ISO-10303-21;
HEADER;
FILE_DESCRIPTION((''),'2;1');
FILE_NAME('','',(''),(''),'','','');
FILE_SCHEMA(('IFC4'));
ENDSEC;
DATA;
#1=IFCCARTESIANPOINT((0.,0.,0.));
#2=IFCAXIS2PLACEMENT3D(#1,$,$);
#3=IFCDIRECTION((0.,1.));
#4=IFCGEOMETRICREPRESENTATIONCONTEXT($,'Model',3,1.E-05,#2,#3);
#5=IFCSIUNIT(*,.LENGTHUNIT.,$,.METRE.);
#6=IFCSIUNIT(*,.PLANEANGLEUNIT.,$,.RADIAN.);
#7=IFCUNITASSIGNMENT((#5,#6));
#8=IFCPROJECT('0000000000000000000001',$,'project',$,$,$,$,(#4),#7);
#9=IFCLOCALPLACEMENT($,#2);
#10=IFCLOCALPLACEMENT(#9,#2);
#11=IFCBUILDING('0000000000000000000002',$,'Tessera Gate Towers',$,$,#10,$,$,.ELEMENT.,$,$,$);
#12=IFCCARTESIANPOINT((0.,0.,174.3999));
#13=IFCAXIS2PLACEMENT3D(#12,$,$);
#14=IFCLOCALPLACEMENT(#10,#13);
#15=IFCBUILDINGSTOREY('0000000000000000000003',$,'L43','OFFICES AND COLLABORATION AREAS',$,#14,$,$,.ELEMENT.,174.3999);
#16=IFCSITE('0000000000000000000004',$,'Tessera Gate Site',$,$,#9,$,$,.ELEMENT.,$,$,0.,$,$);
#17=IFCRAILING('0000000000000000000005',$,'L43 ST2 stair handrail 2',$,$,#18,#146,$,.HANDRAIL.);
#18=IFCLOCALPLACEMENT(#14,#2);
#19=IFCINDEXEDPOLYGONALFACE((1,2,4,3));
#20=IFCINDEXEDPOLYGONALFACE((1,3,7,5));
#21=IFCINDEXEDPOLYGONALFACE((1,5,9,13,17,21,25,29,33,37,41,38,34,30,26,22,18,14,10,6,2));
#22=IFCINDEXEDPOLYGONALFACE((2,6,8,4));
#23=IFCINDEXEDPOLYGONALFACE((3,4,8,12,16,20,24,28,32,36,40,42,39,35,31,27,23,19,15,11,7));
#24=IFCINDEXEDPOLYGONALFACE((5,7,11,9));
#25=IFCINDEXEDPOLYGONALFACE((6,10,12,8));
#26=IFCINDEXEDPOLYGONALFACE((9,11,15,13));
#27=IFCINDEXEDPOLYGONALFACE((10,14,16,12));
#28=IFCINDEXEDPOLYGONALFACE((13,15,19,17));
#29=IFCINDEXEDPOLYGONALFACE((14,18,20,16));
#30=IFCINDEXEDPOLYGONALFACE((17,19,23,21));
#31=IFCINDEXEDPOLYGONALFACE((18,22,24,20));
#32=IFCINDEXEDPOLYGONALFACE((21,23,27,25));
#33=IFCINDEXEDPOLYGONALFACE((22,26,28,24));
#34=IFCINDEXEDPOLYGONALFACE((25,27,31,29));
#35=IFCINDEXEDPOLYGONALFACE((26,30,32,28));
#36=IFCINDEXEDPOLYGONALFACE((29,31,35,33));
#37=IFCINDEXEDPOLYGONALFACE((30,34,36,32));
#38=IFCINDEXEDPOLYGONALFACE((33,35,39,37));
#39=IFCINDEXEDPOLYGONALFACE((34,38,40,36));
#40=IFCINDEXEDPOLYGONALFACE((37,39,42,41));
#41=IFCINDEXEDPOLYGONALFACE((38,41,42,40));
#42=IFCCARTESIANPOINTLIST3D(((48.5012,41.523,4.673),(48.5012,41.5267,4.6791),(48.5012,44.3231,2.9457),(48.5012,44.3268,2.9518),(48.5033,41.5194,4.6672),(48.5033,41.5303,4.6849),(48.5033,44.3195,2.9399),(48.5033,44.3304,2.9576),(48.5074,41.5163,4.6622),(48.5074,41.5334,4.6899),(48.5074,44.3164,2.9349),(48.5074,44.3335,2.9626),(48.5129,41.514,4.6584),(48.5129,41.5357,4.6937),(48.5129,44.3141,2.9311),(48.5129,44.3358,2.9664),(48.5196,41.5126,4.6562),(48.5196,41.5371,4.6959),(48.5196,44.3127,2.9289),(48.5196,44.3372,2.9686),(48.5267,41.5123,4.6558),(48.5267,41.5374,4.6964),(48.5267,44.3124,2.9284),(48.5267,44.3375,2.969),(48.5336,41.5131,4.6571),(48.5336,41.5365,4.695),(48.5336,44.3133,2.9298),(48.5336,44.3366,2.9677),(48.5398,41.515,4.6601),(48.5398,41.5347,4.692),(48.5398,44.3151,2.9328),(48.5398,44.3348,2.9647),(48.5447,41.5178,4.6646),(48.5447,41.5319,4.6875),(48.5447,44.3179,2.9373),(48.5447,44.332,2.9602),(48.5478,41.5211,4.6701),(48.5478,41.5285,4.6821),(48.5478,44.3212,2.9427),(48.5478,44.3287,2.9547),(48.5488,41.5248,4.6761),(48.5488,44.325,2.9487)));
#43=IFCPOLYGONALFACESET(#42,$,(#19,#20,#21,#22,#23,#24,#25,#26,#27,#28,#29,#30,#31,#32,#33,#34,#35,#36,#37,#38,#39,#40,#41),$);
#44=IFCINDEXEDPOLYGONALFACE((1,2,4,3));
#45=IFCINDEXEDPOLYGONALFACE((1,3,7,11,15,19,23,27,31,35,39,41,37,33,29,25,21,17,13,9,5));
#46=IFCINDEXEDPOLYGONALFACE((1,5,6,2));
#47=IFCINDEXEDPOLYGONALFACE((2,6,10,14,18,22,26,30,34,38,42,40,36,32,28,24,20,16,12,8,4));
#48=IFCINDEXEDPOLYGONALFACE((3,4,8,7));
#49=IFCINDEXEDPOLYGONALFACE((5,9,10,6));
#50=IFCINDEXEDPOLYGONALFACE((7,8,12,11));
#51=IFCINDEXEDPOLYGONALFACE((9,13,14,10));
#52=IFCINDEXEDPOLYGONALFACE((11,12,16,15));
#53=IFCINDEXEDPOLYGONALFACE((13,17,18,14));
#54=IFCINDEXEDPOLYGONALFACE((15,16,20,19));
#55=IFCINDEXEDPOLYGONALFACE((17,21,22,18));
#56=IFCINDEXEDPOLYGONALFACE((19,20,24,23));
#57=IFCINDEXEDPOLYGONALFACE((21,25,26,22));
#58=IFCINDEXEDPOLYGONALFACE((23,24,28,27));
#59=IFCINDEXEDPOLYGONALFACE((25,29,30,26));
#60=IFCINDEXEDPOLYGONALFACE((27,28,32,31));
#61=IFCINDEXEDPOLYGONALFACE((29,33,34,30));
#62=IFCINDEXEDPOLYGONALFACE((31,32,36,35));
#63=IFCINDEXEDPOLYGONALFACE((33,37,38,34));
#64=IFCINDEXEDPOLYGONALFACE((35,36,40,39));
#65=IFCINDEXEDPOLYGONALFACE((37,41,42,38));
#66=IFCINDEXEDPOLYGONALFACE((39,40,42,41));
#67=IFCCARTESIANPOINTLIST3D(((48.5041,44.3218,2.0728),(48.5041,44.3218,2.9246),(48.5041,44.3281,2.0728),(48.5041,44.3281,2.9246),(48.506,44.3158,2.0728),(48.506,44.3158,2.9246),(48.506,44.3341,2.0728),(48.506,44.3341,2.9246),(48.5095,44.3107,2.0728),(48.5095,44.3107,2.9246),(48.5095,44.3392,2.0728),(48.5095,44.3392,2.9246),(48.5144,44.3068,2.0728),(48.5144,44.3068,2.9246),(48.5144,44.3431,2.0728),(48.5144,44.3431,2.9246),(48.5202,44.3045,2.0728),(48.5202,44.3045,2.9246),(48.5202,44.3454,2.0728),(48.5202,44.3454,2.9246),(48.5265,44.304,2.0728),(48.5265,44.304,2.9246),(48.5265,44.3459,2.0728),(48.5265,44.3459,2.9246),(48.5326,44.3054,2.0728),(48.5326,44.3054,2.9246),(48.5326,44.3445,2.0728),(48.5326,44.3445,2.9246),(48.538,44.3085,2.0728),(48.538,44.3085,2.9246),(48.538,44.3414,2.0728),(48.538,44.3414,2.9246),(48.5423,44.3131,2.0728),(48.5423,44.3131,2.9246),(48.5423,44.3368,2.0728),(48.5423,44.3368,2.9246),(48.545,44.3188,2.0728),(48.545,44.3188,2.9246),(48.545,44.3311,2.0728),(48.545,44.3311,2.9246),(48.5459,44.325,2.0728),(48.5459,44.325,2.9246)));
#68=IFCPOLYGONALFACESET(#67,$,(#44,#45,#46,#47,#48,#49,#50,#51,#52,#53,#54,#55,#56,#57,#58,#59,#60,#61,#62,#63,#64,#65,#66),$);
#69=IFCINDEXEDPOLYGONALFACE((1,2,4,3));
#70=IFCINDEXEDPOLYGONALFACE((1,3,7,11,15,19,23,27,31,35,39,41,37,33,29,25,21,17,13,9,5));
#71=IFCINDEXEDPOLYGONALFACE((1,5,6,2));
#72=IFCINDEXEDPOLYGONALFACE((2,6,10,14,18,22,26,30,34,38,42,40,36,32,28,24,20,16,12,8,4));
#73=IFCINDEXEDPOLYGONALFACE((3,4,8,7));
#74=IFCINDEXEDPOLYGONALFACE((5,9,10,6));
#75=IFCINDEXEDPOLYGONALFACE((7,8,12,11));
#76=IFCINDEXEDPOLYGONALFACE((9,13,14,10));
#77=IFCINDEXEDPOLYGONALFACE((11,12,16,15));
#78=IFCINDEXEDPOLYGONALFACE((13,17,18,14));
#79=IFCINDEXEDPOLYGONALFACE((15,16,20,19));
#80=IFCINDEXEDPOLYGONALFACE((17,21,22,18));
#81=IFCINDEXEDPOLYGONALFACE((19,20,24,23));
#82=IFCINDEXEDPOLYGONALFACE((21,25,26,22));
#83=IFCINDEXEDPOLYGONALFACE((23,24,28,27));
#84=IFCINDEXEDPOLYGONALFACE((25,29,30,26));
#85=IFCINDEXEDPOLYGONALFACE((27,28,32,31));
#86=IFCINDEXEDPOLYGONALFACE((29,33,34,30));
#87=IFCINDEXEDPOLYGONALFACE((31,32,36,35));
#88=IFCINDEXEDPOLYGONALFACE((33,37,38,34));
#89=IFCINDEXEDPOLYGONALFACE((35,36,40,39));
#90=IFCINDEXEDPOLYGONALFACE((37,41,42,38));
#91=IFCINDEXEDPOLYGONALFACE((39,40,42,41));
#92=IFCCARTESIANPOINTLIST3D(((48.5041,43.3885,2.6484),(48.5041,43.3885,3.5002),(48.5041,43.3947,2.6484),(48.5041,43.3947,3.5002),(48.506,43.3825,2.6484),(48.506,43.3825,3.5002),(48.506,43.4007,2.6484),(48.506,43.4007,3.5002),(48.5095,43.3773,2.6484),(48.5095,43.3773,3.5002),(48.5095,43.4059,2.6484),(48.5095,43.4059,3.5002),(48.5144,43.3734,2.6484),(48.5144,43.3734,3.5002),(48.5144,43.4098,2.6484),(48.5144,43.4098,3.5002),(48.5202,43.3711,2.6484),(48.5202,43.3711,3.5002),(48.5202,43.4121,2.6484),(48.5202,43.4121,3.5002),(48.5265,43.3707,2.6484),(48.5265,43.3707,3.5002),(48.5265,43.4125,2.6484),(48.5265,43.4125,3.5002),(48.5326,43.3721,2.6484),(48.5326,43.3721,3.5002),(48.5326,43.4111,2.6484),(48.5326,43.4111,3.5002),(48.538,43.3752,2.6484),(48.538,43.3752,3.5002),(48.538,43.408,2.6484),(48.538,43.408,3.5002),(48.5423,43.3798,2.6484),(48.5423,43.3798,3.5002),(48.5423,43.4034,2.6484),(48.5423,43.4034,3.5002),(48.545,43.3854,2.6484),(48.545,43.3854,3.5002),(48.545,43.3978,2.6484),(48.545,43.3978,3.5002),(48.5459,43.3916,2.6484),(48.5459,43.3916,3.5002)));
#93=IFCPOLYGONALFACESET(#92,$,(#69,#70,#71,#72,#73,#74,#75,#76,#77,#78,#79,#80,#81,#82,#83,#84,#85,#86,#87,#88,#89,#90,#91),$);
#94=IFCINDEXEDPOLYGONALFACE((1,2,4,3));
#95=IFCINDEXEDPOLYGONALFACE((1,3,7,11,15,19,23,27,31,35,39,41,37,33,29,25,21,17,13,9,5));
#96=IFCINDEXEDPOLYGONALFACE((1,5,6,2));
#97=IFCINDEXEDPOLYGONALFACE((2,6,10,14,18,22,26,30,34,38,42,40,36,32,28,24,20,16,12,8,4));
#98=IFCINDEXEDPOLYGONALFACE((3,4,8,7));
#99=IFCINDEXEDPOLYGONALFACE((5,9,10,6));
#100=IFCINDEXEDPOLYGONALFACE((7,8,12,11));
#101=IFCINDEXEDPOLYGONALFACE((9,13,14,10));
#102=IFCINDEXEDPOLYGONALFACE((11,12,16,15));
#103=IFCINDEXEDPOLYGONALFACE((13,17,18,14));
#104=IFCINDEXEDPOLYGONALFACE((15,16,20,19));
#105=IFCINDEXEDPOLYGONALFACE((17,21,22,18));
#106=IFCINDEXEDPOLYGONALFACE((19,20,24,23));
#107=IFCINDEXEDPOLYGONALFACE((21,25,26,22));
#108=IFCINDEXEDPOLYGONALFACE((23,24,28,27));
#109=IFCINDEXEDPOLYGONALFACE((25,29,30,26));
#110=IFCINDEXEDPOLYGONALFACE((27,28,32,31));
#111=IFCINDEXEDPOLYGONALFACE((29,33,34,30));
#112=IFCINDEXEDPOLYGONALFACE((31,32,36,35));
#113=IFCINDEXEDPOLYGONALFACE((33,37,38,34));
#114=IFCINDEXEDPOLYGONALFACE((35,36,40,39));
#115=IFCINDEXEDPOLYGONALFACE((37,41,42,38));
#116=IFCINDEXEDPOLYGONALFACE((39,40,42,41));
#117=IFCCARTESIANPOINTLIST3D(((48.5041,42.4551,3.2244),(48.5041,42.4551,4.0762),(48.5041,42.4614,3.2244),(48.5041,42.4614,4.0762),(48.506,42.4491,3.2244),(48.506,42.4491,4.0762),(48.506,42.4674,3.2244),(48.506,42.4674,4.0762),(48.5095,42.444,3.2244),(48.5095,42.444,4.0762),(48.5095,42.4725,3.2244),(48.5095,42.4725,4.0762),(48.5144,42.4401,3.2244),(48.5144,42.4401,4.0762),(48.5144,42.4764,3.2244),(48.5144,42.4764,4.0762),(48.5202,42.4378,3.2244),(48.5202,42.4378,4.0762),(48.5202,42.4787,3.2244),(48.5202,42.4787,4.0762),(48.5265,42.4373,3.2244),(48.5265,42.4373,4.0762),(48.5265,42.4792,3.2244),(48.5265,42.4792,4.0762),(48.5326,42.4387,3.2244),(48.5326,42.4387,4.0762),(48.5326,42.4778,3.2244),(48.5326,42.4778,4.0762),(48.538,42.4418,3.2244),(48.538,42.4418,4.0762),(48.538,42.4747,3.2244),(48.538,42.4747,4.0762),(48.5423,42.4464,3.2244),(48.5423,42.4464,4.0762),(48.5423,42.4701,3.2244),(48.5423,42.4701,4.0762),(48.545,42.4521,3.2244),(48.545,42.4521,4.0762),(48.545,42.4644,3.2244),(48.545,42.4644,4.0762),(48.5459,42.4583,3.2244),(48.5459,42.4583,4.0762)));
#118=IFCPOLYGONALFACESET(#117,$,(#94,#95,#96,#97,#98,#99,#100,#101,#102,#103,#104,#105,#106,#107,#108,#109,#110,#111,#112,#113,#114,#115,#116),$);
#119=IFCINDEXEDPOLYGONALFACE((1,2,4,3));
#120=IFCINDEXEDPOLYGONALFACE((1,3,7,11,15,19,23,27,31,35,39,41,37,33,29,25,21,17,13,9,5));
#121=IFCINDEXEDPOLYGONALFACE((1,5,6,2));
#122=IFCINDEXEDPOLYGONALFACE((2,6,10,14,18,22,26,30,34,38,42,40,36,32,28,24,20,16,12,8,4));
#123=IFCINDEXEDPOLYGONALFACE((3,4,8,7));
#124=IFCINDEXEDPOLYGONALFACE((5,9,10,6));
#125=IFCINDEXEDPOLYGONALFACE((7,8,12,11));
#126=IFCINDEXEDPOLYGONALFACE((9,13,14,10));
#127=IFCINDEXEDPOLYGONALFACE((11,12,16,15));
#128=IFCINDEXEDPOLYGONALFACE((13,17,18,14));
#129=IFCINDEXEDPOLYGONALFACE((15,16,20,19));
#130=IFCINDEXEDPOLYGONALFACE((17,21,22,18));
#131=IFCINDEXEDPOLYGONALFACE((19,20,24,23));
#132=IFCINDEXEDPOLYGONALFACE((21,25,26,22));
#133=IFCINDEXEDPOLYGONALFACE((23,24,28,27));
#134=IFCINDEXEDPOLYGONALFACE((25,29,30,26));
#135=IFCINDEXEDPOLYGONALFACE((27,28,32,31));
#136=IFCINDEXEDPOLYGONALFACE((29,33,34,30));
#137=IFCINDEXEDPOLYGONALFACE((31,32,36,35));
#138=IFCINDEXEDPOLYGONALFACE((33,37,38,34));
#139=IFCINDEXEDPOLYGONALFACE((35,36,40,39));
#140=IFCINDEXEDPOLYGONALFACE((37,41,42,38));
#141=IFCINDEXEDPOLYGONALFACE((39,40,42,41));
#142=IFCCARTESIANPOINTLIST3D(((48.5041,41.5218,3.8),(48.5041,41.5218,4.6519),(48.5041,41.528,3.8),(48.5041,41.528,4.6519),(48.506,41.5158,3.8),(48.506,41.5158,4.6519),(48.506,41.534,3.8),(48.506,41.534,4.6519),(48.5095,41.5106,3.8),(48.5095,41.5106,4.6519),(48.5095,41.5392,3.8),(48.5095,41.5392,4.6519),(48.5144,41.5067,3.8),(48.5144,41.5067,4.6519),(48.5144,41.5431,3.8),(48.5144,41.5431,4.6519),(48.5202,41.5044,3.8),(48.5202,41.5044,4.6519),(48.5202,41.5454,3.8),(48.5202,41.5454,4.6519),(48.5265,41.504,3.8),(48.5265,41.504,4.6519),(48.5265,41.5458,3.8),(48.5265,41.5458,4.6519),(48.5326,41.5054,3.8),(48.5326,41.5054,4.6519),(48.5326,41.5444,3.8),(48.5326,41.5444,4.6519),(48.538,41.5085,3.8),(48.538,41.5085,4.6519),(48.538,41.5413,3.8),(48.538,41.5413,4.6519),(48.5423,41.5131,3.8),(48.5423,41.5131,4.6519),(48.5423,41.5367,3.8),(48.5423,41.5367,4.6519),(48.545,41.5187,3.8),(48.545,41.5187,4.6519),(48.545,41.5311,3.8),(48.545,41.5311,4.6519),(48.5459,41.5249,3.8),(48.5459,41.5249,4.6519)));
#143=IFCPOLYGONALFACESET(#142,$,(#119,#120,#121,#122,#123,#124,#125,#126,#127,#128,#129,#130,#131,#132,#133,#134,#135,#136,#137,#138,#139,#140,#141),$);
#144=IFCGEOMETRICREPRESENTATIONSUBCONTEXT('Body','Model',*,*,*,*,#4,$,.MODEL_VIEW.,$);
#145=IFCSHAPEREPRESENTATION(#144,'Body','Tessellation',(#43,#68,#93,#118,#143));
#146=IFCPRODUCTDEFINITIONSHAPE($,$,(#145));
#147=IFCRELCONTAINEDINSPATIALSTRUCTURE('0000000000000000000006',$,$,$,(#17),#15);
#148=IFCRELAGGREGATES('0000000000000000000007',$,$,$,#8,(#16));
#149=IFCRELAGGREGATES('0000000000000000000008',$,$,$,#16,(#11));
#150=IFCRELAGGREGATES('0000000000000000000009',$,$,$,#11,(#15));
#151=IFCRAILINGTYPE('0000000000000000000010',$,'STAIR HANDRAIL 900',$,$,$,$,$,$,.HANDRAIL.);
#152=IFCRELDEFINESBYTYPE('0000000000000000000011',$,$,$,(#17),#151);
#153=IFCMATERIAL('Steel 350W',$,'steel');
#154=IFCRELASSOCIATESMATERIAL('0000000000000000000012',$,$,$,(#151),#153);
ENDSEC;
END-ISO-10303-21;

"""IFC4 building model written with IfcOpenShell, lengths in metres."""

from ifc_helpers import new_model, si_unit, direction, frame, origin, origin_2d, place, context, subcontext, project, spatial, circle, extrude, material, type_object, element, save


model = new_model("IFC4")

# Units and contexts
model_context = context("Model", 3, precision=1e-05, world=origin(), true_north=direction((0.0, 1.0)))
body_context = subcontext(model_context, "Body", "Model", "MODEL_VIEW")
ifc_project = project(units=[si_unit("LENGTHUNIT", "METRE"), si_unit("PLANEANGLEUNIT", "RADIAN")], contexts=[model_context])

# Site, building, storey
site_placement = place(None, origin())
site = spatial("IfcSite", under=ifc_project, at=site_placement, Name="Tessera Gate Site", CompositionType="ELEMENT", RefElevation=0.0)
building_placement = place(site_placement, origin())
building = spatial("IfcBuilding", under=site, at=building_placement, Name="Tessera Gate Towers", CompositionType="ELEMENT")
storey_placement = place(building_placement, frame((0.0, 0.0, 174.3999)))
storey = spatial("IfcBuildingStorey", under=building, at=storey_placement, Name="L43", Description="OFFICES AND COLLABORATION AREAS", CompositionType="ELEMENT", Elevation=174.3999)

# Railing
ifc_material_1 = material(Name="Steel 350W", Category="steel")
railing_type_1 = type_object("IfcRailingType", Name="STAIR HANDRAIL 900", PredefinedType="HANDRAIL", material=ifc_material_1)
railing_1_placement = place(storey_placement, frame((48.5249, 44.325, 2.0728)))
element("IfcRailing", 1, at=railing_1_placement, inside=storey, type_object=railing_type_1, Name="L43 ST2 stair handrail 2", PredefinedType="HANDRAIL", context=body_context, shape_type="SweptSolid", body=[
    extrude(circle(Radius=0.0239, at=origin_2d()), frame((0.0, 0.0, 0.876), z_axis=(0.0, -0.85109, 0.52502), x_axis=(1.0, 0.0, 0.0)), (0.0, 0.0, 1.0), 3.29),
    extrude(circle(Radius=0.021, at=origin_2d()), origin(), (0.0, 0.0, 1.0), 0.8518),
    extrude(circle(Radius=0.021, at=origin_2d()), frame((0.0, -0.9333, 0.5757)), (0.0, 0.0, 1.0), 0.8518),
    extrude(circle(Radius=0.021, at=origin_2d()), frame((0.0, -1.8667, 1.1516)), (0.0, 0.0, 1.0), 0.8518),
    extrude(circle(Radius=0.021, at=origin_2d()), frame((0.0, -2.8, 1.7273)), (0.0, 0.0, 1.0), 0.8518),
])

save(model, "model.ifc")
